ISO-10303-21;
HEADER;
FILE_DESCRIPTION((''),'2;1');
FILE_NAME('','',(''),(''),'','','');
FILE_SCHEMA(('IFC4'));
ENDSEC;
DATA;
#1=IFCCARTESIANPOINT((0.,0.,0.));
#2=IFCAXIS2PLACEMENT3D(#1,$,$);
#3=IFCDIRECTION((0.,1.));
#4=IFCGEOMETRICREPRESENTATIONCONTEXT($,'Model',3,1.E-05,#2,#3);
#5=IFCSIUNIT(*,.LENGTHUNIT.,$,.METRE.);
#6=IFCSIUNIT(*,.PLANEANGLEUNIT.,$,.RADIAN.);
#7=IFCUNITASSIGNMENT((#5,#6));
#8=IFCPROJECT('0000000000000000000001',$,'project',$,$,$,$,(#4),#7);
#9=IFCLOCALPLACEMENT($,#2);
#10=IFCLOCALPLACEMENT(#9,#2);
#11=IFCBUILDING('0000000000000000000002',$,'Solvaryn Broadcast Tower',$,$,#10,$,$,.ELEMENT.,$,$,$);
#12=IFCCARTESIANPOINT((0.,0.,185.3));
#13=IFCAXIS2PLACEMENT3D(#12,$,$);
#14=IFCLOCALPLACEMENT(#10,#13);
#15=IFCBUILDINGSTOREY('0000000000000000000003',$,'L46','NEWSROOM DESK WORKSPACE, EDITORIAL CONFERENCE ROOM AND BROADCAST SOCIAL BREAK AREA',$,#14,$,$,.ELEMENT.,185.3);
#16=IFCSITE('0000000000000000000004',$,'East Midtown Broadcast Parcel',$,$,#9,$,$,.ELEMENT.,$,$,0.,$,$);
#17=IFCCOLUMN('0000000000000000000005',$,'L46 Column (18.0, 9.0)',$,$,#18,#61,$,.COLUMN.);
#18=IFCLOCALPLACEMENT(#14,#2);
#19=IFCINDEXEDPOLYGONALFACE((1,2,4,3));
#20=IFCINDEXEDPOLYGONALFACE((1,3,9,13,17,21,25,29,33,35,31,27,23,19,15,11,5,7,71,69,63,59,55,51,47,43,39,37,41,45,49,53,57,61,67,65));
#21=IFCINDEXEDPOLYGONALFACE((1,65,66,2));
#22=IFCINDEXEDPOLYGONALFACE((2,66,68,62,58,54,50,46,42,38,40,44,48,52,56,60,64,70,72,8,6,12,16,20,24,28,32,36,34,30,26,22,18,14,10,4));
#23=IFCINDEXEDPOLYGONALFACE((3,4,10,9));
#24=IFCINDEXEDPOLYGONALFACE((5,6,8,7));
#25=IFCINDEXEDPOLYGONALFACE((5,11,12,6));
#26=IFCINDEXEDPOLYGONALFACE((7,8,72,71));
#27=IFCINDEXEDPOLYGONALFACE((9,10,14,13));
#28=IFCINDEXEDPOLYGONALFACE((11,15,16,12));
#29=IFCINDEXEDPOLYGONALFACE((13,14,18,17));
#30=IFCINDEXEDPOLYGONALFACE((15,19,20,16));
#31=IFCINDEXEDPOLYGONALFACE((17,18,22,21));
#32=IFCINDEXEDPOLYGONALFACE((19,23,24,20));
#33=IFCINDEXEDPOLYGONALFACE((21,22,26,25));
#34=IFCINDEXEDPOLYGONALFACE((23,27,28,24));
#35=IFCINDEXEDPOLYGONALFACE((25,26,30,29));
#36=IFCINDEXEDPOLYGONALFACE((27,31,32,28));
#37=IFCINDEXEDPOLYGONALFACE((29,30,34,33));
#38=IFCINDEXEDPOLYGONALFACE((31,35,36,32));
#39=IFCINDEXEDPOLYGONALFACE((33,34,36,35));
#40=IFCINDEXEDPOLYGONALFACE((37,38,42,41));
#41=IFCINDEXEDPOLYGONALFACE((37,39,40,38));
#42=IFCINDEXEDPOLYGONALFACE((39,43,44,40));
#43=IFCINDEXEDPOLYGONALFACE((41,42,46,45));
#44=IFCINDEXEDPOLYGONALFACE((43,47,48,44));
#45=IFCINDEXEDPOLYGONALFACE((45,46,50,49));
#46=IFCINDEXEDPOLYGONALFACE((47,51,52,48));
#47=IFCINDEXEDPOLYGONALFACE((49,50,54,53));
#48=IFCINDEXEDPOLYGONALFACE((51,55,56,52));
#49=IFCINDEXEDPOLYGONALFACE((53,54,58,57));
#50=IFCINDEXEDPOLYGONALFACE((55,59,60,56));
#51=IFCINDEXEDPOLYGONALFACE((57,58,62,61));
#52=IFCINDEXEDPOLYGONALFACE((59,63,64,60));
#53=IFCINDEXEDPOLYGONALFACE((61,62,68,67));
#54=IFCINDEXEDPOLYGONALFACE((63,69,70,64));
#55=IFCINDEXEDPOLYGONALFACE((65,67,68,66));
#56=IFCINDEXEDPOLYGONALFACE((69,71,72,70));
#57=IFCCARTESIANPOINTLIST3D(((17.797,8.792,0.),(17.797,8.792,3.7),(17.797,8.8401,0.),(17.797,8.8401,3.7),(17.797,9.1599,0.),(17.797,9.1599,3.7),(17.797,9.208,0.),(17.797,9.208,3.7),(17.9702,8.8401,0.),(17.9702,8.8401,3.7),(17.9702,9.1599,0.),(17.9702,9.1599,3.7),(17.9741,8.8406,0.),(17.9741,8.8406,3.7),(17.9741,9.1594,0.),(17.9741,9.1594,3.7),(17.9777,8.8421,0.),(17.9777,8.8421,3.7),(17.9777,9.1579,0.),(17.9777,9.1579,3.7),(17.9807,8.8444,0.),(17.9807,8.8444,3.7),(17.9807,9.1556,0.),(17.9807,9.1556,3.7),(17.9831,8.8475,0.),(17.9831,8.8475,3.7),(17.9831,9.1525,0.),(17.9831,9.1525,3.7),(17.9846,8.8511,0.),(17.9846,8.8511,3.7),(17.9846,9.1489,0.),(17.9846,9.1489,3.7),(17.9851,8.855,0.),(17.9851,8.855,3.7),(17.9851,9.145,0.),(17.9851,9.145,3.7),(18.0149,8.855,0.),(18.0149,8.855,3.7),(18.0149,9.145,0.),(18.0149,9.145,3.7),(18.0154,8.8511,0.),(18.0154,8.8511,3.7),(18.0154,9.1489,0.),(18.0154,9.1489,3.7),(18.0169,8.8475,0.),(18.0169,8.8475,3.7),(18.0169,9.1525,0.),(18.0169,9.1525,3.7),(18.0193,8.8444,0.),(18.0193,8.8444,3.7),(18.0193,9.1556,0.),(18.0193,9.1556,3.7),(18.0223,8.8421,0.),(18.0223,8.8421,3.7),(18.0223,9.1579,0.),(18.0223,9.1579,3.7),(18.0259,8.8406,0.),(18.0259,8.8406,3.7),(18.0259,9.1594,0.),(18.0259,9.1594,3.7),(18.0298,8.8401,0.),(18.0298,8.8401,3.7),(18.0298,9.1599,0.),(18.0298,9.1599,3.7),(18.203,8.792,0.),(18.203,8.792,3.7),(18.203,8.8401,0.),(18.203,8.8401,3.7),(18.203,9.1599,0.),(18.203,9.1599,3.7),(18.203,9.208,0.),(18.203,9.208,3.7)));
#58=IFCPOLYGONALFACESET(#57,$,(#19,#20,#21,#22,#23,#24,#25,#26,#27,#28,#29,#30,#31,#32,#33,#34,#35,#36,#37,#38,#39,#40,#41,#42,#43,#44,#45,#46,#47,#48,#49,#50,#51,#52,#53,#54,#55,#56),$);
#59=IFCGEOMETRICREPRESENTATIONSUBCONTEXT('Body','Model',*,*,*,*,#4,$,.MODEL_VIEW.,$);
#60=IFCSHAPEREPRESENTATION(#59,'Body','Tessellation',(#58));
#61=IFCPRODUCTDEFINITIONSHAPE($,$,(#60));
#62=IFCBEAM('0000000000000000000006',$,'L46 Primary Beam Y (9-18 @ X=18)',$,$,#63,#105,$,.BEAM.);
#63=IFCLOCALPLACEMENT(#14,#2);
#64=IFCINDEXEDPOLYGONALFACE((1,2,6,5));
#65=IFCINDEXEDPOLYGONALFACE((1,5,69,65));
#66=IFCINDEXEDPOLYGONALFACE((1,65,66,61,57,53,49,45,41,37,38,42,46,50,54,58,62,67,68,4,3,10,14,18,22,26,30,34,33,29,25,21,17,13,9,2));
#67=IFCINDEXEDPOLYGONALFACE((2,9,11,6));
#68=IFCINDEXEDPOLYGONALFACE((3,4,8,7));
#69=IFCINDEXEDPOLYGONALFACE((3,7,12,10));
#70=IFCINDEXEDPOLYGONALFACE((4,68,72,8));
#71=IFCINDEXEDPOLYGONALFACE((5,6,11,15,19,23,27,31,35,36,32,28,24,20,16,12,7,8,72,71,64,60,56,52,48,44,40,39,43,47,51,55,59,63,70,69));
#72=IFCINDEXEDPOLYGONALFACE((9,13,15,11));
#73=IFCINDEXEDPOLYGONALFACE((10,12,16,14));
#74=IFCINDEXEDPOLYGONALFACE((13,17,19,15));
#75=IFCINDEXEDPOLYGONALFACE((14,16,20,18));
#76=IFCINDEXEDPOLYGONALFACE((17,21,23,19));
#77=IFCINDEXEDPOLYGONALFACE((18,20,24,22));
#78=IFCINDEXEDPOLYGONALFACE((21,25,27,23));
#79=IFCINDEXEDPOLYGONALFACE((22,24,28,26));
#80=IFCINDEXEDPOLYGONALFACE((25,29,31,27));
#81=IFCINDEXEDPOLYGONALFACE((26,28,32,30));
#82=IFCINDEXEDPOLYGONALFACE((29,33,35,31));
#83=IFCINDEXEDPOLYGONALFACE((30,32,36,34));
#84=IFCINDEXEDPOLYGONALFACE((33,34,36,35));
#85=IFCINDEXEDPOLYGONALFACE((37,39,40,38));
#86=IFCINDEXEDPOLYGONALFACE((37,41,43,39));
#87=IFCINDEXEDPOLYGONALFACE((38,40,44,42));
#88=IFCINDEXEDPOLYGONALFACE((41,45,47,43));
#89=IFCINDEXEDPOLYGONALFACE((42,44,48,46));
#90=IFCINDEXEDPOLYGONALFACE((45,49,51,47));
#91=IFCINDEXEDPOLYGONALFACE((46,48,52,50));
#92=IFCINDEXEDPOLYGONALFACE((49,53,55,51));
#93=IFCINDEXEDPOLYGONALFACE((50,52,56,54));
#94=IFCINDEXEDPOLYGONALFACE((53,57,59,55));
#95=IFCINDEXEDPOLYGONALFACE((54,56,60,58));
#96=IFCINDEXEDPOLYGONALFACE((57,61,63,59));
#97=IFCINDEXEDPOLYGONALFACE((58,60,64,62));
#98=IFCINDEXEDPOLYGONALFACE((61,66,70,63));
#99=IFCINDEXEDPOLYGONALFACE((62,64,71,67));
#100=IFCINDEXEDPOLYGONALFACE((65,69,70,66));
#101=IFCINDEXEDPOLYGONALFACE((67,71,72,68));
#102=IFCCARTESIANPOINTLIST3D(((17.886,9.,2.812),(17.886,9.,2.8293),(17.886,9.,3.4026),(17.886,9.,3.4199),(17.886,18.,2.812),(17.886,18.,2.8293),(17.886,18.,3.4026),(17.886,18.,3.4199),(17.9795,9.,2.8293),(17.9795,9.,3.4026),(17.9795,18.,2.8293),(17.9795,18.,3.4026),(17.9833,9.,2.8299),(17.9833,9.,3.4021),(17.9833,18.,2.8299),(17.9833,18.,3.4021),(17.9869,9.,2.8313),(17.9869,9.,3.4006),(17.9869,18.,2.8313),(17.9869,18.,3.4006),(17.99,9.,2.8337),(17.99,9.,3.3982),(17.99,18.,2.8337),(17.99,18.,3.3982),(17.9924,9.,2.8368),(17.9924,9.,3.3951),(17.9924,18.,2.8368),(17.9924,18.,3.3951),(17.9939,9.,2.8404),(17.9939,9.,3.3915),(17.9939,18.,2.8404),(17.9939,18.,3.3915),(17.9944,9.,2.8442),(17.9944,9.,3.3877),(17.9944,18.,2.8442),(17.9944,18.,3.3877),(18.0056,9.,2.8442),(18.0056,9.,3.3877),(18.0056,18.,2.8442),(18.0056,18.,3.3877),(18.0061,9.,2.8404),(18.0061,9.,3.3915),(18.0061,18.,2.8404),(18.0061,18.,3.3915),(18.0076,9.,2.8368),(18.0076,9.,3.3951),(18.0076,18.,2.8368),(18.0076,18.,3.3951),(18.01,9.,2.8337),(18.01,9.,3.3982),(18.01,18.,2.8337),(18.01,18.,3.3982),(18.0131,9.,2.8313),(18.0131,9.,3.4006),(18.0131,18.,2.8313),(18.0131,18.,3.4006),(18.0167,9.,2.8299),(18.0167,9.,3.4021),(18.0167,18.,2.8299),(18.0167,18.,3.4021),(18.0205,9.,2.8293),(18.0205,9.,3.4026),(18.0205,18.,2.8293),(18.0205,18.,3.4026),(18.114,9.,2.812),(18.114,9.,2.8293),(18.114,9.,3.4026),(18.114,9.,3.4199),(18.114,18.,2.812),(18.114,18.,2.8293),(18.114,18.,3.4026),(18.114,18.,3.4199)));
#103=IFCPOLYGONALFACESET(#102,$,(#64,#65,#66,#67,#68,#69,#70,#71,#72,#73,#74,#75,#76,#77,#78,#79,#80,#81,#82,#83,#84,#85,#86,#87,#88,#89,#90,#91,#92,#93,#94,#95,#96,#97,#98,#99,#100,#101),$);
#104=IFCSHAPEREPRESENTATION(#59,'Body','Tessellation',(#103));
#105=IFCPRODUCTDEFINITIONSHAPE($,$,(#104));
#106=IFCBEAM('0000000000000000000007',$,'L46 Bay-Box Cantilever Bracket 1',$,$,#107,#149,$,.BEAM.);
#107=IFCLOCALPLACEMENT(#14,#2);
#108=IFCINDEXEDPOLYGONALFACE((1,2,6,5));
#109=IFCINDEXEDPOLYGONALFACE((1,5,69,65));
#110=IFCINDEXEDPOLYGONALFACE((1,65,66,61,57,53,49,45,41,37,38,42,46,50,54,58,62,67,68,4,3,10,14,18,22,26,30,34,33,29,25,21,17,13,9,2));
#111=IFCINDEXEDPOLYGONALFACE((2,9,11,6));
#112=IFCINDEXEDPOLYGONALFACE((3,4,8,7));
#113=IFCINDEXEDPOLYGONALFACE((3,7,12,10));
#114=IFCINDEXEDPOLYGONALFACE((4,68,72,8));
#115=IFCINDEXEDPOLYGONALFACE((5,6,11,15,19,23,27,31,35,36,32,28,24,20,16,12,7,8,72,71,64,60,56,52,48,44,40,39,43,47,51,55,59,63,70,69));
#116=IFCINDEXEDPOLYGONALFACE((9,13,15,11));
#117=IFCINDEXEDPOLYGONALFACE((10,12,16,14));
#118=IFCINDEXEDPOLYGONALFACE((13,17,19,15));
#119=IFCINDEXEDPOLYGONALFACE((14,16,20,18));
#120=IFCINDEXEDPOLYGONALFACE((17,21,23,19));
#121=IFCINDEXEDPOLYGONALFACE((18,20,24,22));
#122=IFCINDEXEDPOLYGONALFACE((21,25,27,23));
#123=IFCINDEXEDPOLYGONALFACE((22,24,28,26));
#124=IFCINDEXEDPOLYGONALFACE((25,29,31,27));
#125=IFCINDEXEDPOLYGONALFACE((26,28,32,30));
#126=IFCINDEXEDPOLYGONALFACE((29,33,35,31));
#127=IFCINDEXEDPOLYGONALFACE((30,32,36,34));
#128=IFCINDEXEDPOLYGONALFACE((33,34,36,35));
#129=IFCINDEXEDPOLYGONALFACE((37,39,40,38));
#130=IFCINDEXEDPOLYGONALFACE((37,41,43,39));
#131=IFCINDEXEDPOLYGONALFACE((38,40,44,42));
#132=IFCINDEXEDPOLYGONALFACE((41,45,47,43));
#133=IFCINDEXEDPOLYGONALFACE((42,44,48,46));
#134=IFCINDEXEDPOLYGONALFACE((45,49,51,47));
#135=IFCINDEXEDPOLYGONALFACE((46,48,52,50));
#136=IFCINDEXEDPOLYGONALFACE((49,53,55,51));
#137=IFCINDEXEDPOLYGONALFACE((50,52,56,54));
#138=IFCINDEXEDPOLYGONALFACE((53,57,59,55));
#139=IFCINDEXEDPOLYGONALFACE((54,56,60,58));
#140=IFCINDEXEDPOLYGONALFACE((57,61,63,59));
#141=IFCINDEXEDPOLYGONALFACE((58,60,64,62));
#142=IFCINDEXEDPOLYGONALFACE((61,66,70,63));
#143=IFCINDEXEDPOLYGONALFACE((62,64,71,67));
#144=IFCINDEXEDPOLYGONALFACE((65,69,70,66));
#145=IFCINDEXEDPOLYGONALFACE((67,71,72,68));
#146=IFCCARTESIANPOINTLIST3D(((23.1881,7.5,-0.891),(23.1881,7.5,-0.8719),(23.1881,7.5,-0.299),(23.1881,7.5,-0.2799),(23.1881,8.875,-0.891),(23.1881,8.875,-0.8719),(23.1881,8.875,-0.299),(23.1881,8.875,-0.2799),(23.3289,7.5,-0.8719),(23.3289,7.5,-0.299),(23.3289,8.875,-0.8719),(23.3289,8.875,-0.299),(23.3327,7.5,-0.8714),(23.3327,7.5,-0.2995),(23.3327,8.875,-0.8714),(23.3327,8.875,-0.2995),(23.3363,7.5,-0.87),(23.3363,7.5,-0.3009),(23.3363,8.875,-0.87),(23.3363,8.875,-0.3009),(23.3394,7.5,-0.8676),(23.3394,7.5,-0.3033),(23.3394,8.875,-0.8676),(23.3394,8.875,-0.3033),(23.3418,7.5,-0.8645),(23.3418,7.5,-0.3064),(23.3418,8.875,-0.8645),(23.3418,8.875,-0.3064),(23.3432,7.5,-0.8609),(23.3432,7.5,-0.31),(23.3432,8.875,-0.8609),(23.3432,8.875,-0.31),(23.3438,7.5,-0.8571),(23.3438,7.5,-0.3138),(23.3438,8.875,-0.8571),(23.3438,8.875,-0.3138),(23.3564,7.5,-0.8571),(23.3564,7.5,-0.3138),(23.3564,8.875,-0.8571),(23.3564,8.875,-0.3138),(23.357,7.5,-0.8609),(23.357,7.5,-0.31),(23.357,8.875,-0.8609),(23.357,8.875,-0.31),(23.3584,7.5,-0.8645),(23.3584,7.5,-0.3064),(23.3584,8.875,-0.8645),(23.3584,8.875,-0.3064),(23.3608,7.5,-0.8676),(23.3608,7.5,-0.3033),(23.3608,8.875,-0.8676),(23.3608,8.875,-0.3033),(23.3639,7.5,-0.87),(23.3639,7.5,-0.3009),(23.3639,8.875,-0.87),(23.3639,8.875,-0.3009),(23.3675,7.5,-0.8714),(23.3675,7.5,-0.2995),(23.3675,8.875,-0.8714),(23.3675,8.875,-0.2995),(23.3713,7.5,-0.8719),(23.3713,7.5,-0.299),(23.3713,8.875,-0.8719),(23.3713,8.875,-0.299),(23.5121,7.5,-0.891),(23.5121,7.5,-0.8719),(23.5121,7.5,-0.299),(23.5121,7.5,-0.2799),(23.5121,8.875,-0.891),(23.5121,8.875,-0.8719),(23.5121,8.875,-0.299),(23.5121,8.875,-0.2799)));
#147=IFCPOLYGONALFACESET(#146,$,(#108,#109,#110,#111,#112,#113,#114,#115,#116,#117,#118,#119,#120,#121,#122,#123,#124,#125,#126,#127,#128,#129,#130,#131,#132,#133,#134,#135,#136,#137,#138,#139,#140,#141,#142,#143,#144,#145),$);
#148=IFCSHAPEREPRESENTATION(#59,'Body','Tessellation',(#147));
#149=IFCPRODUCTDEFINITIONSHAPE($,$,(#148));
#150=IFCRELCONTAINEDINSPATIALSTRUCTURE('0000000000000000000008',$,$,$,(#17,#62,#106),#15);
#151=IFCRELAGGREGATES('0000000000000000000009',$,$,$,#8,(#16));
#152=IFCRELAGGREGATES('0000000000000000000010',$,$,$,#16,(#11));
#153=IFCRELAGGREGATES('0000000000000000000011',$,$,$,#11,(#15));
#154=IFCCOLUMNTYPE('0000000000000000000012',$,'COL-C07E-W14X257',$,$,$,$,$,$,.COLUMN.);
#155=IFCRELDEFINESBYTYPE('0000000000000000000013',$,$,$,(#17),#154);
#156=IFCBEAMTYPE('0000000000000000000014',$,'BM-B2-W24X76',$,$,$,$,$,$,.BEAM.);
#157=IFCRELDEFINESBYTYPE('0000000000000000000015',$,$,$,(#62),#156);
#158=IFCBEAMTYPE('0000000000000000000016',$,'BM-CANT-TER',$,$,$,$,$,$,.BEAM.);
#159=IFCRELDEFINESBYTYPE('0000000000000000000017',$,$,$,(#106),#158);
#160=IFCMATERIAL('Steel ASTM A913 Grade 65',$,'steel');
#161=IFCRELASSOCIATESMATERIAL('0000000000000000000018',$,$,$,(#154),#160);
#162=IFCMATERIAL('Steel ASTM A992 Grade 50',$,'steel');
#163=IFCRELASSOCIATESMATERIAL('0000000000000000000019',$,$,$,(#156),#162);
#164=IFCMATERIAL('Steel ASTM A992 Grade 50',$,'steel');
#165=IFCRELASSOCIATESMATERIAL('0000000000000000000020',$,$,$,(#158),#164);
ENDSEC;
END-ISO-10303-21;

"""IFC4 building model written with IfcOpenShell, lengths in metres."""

from ifc_helpers import new_model, si_unit, direction, frame, origin, origin_2d, place, context, subcontext, project, spatial, i_section, extrude, material, material_profile, profile_set, type_object, element, save


model = new_model("IFC4")

# Units and contexts
model_context = context("Model", 3, precision=1e-05, world=origin(), true_north=direction((0.0, 1.0)))
body_context = subcontext(model_context, "Body", "Model", "MODEL_VIEW")
ifc_project = project(units=[si_unit("LENGTHUNIT", "METRE"), si_unit("PLANEANGLEUNIT", "RADIAN")], contexts=[model_context])

# Site, building, storey
site_placement = place(None, origin())
site = spatial("IfcSite", under=ifc_project, at=site_placement, Name="East Midtown Broadcast Parcel", CompositionType="ELEMENT", RefElevation=0.0)
building_placement = place(site_placement, origin())
building = spatial("IfcBuilding", under=site, at=building_placement, Name="Solvaryn Broadcast Tower", CompositionType="ELEMENT")
storey_placement = place(building_placement, frame((0.0, 0.0, 185.3)))
storey = spatial("IfcBuildingStorey", under=building, at=storey_placement, Name="L46", Description="NEWSROOM DESK WORKSPACE, EDITORIAL CONFERENCE ROOM AND BROADCAST SOCIAL BREAK AREA", CompositionType="ELEMENT", Elevation=185.3)

# Column
ifc_material_1 = material(Name="Steel ASTM A913 Grade 65", Category="steel")
ifc_material_profile_1 = material_profile(ifc_material_1, i_section(OverallWidth=0.406, OverallDepth=0.416, WebThickness=0.0298, FlangeThickness=0.0481, FilletRadius=0.0149, at=origin_2d()))
ifc_profile_set_1 = profile_set([ifc_material_profile_1], Name="Steel ASTM A913 Grade 65")
column_type = type_object("IfcColumnType", Name="COL-C07E-W14X257", PredefinedType="COLUMN", material=ifc_profile_set_1)
column_placement = place(storey_placement, frame((18.0, 9.0, 0.0), z_axis=(0.0, 0.0, 1.0), x_axis=(1.0, 0.0, 0.0)))
element("IfcColumn", 1, at=column_placement, inside=storey, type_object=column_type, Name="L46 Column (18.0, 9.0)", PredefinedType="COLUMN", context=body_context, shape_type="SweptSolid", body=[
    extrude(i_section(OverallWidth=0.406, OverallDepth=0.416, WebThickness=0.0298, FlangeThickness=0.0481, FilletRadius=0.0149, at=origin_2d()), origin(), (0.0, 0.0, 1.0), 3.7),
])

# Beams
ifc_material_2 = material(Name="Steel ASTM A992 Grade 50", Category="steel")
ifc_material_profile_2 = material_profile(ifc_material_2, i_section(OverallWidth=0.228, OverallDepth=0.6079, WebThickness=0.0112, FlangeThickness=0.0173, FilletRadius=0.0149, at=origin_2d()))
ifc_profile_set_2 = profile_set([ifc_material_profile_2], Name="Steel ASTM A992 Grade 50")
beam_type_1 = type_object("IfcBeamType", Name="BM-B2-W24X76", PredefinedType="BEAM", material=ifc_profile_set_2)
beam_1_placement = place(storey_placement, frame((18.0, 9.0, 3.116), z_axis=(0.0, 1.0, 0.0), x_axis=(-1.0, 0.0, 0.0)))
element("IfcBeam", 2, at=beam_1_placement, inside=storey, type_object=beam_type_1, Name="L46 Primary Beam Y (9-18 @ X=18)", PredefinedType="BEAM", context=body_context, shape_type="SweptSolid", body=[
    extrude(i_section(OverallWidth=0.228, OverallDepth=0.6079, WebThickness=0.0112, FlangeThickness=0.0173, FilletRadius=0.0149, at=origin_2d()), origin(), (0.0, 0.0, 1.0), 9.0),
])
ifc_material_3 = material(Name="Steel ASTM A992 Grade 50", Category="steel")
ifc_material_profile_3 = material_profile(ifc_material_3, i_section(OverallWidth=0.324, OverallDepth=0.6111, WebThickness=0.0127, FlangeThickness=0.019, FilletRadius=0.0149, at=origin_2d()))
ifc_profile_set_3 = profile_set([ifc_material_profile_3], Name="Steel ASTM A992 Grade 50")
beam_type_2 = type_object("IfcBeamType", Name="BM-CANT-TER", PredefinedType="BEAM", material=ifc_profile_set_3)
beam_2_placement = place(storey_placement, frame((23.3501, 8.875, -0.5854), z_axis=(0.0, -1.0, 0.0), x_axis=(1.0, 0.0, 0.0)))
element("IfcBeam", 3, at=beam_2_placement, inside=storey, type_object=beam_type_2, Name="L46 Bay-Box Cantilever Bracket 1", PredefinedType="BEAM", context=body_context, shape_type="SweptSolid", body=[
    extrude(i_section(OverallWidth=0.324, OverallDepth=0.6111, WebThickness=0.0127, FlangeThickness=0.019, FilletRadius=0.0149, at=origin_2d()), origin(), (0.0, 0.0, 1.0), 1.375),
])

save(model, "model.ifc")
